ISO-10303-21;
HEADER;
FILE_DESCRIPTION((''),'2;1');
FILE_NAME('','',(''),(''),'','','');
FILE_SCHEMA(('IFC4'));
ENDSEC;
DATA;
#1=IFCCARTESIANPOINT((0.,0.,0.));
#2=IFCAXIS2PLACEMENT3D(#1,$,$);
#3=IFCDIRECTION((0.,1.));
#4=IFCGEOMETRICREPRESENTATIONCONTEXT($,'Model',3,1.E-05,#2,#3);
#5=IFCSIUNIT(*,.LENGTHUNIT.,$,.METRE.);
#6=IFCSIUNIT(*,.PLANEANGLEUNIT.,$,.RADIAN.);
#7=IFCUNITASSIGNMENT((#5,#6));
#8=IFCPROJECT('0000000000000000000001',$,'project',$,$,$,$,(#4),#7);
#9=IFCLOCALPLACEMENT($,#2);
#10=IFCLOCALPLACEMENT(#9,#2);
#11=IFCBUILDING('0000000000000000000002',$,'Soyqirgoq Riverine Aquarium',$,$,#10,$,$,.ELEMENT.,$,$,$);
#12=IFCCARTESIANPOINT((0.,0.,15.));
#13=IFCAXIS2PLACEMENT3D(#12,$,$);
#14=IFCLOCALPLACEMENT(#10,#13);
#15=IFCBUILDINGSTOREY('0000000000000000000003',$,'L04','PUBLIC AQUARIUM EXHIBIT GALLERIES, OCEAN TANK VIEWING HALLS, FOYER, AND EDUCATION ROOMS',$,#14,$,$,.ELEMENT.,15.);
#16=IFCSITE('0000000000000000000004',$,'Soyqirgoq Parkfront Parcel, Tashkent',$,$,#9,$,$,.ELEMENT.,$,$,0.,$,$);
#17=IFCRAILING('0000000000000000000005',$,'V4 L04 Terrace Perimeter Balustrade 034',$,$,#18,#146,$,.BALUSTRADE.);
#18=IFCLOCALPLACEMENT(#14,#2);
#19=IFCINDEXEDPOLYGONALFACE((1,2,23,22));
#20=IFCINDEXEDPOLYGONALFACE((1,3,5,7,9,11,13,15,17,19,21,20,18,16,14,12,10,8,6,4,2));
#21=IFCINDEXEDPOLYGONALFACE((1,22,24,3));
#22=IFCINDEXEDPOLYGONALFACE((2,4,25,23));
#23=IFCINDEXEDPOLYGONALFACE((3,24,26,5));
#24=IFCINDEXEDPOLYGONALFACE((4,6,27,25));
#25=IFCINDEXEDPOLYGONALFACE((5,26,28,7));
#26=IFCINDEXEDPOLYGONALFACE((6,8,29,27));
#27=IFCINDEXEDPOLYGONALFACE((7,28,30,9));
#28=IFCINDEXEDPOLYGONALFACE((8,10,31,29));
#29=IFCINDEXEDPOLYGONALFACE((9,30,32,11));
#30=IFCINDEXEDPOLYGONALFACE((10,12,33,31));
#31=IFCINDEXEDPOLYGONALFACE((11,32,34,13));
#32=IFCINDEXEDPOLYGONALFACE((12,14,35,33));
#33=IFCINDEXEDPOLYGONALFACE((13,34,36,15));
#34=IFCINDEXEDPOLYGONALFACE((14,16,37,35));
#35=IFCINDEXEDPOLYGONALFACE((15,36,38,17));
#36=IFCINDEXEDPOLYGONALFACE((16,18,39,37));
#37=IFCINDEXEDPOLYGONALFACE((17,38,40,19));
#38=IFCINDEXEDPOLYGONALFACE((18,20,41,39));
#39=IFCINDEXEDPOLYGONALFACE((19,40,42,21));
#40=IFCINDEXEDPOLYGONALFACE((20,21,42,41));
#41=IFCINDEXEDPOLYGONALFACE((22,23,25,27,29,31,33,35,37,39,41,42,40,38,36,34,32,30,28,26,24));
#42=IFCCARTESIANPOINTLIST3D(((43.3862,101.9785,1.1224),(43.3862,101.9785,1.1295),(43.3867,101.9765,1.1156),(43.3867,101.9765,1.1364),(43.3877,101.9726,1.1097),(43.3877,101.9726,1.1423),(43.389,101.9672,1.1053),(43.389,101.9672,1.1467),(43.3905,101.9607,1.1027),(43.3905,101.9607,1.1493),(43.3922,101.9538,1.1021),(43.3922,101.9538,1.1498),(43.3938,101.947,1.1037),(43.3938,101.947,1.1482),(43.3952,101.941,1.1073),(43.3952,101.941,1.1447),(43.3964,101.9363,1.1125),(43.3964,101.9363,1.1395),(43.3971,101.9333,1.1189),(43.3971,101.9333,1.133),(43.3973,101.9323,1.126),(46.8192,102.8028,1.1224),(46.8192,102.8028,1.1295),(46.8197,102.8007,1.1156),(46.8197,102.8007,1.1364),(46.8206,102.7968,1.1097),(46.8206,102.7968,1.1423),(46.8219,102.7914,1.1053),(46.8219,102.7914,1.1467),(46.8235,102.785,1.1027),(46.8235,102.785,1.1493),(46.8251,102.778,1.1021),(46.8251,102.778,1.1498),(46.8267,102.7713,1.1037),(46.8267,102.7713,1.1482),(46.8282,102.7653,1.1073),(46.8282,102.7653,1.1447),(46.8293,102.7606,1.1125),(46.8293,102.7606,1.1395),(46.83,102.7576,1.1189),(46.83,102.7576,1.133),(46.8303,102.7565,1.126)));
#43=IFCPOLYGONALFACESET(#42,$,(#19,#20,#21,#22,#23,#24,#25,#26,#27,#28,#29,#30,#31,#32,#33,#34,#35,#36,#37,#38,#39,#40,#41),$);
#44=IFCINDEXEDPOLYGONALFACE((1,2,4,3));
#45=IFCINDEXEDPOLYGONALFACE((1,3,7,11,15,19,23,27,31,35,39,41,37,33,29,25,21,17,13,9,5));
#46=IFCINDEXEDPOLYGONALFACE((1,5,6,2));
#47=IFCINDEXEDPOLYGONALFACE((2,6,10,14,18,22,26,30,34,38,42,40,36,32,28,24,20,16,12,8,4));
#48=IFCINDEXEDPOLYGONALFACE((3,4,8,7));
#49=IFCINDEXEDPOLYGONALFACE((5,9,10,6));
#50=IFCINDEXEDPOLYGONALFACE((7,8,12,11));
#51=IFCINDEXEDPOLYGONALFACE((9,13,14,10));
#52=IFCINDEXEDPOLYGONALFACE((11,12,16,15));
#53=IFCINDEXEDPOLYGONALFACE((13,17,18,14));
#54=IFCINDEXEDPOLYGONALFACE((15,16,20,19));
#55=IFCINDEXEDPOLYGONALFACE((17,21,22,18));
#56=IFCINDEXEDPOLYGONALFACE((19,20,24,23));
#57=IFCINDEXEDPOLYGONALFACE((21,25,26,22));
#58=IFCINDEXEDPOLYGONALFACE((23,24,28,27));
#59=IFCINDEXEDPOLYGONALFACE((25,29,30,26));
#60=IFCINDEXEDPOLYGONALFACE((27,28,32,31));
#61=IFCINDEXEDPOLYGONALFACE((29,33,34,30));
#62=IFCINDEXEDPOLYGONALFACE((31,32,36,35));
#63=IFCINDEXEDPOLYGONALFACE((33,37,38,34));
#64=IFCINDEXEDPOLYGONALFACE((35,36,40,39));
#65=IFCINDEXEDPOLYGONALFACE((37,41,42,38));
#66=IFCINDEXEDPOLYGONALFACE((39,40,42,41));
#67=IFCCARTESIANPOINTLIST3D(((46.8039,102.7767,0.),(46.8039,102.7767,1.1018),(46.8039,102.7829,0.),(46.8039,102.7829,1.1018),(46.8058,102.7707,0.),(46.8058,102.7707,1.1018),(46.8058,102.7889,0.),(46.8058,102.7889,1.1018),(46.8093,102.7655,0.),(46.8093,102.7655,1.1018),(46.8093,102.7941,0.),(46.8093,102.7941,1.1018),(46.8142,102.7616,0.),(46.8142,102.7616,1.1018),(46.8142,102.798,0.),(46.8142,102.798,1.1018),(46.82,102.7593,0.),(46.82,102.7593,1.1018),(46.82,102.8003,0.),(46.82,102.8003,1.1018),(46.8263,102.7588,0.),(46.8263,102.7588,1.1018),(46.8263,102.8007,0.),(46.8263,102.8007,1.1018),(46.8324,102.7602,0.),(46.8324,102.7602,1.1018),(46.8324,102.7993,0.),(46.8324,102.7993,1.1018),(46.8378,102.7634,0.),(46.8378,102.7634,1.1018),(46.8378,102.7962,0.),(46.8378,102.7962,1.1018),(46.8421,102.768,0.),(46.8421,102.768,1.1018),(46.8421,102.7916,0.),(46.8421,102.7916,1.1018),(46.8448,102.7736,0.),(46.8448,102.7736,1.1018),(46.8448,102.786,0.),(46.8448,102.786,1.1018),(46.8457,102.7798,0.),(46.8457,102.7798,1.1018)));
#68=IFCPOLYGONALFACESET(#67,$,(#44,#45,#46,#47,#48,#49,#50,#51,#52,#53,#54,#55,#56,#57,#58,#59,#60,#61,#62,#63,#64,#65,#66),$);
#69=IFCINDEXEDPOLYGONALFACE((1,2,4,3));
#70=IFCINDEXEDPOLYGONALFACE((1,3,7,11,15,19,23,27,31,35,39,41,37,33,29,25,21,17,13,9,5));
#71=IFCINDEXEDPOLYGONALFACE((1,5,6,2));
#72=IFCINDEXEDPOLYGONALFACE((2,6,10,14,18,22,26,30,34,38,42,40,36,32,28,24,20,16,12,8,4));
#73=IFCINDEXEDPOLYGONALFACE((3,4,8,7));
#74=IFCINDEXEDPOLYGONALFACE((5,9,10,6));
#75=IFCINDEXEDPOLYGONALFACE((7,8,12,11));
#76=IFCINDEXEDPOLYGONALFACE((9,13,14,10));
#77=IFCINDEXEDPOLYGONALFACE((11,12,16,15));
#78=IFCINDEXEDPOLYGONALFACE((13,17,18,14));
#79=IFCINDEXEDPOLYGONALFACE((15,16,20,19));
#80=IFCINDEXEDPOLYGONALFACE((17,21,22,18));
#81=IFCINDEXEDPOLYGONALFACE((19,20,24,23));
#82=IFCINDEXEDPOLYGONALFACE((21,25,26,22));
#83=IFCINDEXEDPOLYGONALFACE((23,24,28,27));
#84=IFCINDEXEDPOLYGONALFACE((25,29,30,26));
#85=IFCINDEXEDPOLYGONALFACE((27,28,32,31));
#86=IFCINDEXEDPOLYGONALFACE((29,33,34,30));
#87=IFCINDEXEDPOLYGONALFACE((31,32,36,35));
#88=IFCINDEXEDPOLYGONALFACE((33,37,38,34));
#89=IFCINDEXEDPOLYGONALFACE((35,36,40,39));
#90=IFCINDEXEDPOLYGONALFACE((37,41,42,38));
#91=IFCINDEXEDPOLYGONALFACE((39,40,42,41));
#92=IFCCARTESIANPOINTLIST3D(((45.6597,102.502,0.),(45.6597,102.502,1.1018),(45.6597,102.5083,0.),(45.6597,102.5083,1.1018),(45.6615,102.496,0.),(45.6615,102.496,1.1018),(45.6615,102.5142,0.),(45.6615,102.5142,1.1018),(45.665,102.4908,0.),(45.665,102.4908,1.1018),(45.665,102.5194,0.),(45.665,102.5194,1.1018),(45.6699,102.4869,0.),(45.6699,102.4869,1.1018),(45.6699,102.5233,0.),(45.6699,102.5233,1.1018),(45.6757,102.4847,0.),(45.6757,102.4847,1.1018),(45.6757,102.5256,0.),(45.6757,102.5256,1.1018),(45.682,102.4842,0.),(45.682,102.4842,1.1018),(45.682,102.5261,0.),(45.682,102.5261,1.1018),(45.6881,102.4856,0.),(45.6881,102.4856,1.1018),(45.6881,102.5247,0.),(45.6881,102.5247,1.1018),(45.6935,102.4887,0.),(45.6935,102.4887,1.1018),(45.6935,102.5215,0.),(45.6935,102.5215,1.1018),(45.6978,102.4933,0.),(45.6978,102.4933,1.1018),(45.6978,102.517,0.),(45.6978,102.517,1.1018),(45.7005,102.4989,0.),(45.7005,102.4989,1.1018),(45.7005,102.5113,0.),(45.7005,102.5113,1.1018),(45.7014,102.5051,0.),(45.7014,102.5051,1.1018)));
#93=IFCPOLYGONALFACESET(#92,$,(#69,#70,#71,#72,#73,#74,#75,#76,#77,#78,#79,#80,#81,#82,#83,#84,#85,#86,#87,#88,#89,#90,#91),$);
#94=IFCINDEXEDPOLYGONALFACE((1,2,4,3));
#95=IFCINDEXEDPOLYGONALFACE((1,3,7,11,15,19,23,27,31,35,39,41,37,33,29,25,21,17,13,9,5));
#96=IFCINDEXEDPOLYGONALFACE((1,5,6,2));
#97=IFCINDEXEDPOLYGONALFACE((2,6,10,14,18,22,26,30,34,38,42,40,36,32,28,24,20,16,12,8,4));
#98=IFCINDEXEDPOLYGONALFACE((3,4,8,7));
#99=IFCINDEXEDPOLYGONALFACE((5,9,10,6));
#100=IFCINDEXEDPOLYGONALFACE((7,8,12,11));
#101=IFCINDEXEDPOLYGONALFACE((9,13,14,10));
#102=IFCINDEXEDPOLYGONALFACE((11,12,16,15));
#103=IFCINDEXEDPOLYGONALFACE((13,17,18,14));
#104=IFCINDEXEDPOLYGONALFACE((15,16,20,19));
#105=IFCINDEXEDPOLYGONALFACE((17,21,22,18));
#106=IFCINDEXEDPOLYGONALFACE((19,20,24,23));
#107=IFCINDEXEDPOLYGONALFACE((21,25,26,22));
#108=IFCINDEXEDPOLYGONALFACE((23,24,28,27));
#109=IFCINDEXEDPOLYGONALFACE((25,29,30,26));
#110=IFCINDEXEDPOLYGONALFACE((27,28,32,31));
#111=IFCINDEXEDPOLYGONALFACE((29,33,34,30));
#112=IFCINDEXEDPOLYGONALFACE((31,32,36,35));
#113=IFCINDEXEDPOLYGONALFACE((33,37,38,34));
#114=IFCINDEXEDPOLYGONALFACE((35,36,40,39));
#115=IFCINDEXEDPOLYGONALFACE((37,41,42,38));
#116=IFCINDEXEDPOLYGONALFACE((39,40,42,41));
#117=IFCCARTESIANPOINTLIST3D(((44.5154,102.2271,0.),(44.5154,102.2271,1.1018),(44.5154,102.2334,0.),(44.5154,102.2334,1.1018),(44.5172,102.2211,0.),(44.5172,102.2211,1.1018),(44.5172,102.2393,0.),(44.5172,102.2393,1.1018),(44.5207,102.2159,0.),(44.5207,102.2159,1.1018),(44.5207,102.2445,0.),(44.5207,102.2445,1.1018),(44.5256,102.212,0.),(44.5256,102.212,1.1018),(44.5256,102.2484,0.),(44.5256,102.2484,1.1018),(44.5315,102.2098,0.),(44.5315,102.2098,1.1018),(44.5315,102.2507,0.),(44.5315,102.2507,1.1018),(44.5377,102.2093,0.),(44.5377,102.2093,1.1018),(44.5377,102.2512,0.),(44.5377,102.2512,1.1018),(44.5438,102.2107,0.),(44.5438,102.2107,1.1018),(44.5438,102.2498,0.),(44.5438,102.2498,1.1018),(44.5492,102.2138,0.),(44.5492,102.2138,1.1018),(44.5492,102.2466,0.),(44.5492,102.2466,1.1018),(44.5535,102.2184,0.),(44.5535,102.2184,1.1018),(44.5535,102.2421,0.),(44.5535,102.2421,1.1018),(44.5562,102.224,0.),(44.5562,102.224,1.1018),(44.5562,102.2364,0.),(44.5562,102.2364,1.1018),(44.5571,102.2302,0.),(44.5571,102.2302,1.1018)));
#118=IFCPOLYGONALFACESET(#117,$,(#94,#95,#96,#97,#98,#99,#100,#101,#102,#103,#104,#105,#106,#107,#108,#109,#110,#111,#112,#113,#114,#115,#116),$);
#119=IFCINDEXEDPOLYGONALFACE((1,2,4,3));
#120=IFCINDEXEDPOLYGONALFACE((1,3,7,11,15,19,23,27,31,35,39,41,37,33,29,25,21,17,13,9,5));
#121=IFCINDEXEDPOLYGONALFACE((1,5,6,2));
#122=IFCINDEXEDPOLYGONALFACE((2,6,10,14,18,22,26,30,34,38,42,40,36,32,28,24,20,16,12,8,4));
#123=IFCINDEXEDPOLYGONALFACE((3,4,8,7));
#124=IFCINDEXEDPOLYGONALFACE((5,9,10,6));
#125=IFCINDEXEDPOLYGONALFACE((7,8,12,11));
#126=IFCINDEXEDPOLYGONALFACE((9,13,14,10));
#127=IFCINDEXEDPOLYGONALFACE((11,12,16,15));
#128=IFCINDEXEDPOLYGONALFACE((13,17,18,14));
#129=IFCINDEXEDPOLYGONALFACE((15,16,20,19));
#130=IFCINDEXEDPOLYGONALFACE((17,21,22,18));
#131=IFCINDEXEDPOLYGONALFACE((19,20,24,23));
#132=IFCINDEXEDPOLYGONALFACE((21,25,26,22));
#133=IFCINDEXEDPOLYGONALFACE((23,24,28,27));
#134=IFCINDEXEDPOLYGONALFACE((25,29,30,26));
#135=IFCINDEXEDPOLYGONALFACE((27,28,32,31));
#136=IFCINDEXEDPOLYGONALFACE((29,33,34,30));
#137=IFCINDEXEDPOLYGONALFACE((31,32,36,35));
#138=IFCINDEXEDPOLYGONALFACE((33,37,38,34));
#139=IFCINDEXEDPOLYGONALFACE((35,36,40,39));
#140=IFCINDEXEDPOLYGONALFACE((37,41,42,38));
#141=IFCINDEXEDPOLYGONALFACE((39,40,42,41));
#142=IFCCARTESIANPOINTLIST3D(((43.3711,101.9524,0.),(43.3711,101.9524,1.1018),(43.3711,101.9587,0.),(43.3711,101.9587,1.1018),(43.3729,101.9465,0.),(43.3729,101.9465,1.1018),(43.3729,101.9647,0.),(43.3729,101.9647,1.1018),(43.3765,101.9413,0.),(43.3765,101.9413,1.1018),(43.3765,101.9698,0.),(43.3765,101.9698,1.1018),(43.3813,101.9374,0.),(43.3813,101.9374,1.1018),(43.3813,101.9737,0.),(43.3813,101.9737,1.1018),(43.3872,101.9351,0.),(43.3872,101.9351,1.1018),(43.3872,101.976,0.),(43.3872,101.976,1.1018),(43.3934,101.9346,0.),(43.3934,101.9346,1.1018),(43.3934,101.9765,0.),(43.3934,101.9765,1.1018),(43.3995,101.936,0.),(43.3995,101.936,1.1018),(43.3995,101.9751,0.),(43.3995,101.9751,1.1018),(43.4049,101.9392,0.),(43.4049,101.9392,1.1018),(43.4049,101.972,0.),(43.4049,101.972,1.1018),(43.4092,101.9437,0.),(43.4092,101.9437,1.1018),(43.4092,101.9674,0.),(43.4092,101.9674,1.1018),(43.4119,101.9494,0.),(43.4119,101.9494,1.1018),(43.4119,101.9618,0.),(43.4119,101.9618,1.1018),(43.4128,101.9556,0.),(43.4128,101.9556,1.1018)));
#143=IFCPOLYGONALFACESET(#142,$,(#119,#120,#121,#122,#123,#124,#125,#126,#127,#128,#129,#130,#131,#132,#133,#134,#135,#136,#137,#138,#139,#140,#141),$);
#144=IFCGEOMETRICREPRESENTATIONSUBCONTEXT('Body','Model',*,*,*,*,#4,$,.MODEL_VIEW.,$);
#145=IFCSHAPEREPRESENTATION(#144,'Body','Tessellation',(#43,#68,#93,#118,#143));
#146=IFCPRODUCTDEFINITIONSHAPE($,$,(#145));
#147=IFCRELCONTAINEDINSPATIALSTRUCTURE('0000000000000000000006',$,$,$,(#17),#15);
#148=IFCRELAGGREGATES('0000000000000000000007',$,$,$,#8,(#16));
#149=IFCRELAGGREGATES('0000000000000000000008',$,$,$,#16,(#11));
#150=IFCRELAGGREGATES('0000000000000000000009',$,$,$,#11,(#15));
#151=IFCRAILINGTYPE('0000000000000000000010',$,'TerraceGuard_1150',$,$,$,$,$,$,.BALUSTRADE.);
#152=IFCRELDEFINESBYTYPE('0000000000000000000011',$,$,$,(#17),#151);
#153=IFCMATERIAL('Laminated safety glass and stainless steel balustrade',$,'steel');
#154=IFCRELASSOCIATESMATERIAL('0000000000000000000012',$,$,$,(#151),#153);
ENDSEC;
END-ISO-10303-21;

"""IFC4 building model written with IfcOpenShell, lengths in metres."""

from ifc_helpers import new_model, si_unit, direction, frame, origin, origin_2d, place, context, subcontext, project, spatial, circle, extrude, material, type_object, element, save


model = new_model("IFC4")

# Units and contexts
model_context = context("Model", 3, precision=1e-05, world=origin(), true_north=direction((0.0, 1.0)))
body_context = subcontext(model_context, "Body", "Model", "MODEL_VIEW")
ifc_project = project(units=[si_unit("LENGTHUNIT", "METRE"), si_unit("PLANEANGLEUNIT", "RADIAN")], contexts=[model_context])

# Site, building, storey
site_placement = place(None, origin())
site = spatial("IfcSite", under=ifc_project, at=site_placement, Name="Soyqirgoq Parkfront Parcel, Tashkent", CompositionType="ELEMENT", RefElevation=0.0)
building_placement = place(site_placement, origin())
building = spatial("IfcBuilding", under=site, at=building_placement, Name="Soyqirgoq Riverine Aquarium", CompositionType="ELEMENT")
storey_placement = place(building_placement, frame((0.0, 0.0, 15.0)))
storey = spatial("IfcBuildingStorey", under=building, at=storey_placement, Name="L04", Description="PUBLIC AQUARIUM EXHIBIT GALLERIES, OCEAN TANK VIEWING HALLS, FOYER, AND EDUCATION ROOMS", CompositionType="ELEMENT", Elevation=15.0)

# Railing
ifc_material_1 = material(Name="Laminated safety glass and stainless steel balustrade", Category="steel")
railing_type = type_object("IfcRailingType", Name="TerraceGuard_1150", PredefinedType="BALUSTRADE", material=ifc_material_1)
railing_1_placement = place(storey_placement, frame((46.8247, 102.7798, 0.0)))
element("IfcRailing", 1, at=railing_1_placement, inside=storey, type_object=railing_type, Name="V4 L04 Terrace Perimeter Balustrade 034", PredefinedType="BALUSTRADE", context=body_context, shape_type="SweptSolid", body=[
    extrude(circle(Radius=0.0239, at=origin_2d()), frame((0.0, 0.0, 1.126), z_axis=(-0.972366, -0.233462, 0.0), x_axis=(0.233462, -0.972366, 0.0)), (0.0, 0.0, 1.0), 3.5305),
    extrude(circle(Radius=0.021, at=origin_2d()), origin(), (0.0, 0.0, 1.0), 1.1018),
    extrude(circle(Radius=0.021, at=origin_2d()), frame((-1.1443, -0.2747, 0.0)), (0.0, 0.0, 1.0), 1.1018),
    extrude(circle(Radius=0.021, at=origin_2d()), frame((-2.2886, -0.5496, 0.0)), (0.0, 0.0, 1.0), 1.1018),
    extrude(circle(Radius=0.021, at=origin_2d()), frame((-3.4329, -0.8242, 0.0)), (0.0, 0.0, 1.0), 1.1018),
])

save(model, "model.ifc")
